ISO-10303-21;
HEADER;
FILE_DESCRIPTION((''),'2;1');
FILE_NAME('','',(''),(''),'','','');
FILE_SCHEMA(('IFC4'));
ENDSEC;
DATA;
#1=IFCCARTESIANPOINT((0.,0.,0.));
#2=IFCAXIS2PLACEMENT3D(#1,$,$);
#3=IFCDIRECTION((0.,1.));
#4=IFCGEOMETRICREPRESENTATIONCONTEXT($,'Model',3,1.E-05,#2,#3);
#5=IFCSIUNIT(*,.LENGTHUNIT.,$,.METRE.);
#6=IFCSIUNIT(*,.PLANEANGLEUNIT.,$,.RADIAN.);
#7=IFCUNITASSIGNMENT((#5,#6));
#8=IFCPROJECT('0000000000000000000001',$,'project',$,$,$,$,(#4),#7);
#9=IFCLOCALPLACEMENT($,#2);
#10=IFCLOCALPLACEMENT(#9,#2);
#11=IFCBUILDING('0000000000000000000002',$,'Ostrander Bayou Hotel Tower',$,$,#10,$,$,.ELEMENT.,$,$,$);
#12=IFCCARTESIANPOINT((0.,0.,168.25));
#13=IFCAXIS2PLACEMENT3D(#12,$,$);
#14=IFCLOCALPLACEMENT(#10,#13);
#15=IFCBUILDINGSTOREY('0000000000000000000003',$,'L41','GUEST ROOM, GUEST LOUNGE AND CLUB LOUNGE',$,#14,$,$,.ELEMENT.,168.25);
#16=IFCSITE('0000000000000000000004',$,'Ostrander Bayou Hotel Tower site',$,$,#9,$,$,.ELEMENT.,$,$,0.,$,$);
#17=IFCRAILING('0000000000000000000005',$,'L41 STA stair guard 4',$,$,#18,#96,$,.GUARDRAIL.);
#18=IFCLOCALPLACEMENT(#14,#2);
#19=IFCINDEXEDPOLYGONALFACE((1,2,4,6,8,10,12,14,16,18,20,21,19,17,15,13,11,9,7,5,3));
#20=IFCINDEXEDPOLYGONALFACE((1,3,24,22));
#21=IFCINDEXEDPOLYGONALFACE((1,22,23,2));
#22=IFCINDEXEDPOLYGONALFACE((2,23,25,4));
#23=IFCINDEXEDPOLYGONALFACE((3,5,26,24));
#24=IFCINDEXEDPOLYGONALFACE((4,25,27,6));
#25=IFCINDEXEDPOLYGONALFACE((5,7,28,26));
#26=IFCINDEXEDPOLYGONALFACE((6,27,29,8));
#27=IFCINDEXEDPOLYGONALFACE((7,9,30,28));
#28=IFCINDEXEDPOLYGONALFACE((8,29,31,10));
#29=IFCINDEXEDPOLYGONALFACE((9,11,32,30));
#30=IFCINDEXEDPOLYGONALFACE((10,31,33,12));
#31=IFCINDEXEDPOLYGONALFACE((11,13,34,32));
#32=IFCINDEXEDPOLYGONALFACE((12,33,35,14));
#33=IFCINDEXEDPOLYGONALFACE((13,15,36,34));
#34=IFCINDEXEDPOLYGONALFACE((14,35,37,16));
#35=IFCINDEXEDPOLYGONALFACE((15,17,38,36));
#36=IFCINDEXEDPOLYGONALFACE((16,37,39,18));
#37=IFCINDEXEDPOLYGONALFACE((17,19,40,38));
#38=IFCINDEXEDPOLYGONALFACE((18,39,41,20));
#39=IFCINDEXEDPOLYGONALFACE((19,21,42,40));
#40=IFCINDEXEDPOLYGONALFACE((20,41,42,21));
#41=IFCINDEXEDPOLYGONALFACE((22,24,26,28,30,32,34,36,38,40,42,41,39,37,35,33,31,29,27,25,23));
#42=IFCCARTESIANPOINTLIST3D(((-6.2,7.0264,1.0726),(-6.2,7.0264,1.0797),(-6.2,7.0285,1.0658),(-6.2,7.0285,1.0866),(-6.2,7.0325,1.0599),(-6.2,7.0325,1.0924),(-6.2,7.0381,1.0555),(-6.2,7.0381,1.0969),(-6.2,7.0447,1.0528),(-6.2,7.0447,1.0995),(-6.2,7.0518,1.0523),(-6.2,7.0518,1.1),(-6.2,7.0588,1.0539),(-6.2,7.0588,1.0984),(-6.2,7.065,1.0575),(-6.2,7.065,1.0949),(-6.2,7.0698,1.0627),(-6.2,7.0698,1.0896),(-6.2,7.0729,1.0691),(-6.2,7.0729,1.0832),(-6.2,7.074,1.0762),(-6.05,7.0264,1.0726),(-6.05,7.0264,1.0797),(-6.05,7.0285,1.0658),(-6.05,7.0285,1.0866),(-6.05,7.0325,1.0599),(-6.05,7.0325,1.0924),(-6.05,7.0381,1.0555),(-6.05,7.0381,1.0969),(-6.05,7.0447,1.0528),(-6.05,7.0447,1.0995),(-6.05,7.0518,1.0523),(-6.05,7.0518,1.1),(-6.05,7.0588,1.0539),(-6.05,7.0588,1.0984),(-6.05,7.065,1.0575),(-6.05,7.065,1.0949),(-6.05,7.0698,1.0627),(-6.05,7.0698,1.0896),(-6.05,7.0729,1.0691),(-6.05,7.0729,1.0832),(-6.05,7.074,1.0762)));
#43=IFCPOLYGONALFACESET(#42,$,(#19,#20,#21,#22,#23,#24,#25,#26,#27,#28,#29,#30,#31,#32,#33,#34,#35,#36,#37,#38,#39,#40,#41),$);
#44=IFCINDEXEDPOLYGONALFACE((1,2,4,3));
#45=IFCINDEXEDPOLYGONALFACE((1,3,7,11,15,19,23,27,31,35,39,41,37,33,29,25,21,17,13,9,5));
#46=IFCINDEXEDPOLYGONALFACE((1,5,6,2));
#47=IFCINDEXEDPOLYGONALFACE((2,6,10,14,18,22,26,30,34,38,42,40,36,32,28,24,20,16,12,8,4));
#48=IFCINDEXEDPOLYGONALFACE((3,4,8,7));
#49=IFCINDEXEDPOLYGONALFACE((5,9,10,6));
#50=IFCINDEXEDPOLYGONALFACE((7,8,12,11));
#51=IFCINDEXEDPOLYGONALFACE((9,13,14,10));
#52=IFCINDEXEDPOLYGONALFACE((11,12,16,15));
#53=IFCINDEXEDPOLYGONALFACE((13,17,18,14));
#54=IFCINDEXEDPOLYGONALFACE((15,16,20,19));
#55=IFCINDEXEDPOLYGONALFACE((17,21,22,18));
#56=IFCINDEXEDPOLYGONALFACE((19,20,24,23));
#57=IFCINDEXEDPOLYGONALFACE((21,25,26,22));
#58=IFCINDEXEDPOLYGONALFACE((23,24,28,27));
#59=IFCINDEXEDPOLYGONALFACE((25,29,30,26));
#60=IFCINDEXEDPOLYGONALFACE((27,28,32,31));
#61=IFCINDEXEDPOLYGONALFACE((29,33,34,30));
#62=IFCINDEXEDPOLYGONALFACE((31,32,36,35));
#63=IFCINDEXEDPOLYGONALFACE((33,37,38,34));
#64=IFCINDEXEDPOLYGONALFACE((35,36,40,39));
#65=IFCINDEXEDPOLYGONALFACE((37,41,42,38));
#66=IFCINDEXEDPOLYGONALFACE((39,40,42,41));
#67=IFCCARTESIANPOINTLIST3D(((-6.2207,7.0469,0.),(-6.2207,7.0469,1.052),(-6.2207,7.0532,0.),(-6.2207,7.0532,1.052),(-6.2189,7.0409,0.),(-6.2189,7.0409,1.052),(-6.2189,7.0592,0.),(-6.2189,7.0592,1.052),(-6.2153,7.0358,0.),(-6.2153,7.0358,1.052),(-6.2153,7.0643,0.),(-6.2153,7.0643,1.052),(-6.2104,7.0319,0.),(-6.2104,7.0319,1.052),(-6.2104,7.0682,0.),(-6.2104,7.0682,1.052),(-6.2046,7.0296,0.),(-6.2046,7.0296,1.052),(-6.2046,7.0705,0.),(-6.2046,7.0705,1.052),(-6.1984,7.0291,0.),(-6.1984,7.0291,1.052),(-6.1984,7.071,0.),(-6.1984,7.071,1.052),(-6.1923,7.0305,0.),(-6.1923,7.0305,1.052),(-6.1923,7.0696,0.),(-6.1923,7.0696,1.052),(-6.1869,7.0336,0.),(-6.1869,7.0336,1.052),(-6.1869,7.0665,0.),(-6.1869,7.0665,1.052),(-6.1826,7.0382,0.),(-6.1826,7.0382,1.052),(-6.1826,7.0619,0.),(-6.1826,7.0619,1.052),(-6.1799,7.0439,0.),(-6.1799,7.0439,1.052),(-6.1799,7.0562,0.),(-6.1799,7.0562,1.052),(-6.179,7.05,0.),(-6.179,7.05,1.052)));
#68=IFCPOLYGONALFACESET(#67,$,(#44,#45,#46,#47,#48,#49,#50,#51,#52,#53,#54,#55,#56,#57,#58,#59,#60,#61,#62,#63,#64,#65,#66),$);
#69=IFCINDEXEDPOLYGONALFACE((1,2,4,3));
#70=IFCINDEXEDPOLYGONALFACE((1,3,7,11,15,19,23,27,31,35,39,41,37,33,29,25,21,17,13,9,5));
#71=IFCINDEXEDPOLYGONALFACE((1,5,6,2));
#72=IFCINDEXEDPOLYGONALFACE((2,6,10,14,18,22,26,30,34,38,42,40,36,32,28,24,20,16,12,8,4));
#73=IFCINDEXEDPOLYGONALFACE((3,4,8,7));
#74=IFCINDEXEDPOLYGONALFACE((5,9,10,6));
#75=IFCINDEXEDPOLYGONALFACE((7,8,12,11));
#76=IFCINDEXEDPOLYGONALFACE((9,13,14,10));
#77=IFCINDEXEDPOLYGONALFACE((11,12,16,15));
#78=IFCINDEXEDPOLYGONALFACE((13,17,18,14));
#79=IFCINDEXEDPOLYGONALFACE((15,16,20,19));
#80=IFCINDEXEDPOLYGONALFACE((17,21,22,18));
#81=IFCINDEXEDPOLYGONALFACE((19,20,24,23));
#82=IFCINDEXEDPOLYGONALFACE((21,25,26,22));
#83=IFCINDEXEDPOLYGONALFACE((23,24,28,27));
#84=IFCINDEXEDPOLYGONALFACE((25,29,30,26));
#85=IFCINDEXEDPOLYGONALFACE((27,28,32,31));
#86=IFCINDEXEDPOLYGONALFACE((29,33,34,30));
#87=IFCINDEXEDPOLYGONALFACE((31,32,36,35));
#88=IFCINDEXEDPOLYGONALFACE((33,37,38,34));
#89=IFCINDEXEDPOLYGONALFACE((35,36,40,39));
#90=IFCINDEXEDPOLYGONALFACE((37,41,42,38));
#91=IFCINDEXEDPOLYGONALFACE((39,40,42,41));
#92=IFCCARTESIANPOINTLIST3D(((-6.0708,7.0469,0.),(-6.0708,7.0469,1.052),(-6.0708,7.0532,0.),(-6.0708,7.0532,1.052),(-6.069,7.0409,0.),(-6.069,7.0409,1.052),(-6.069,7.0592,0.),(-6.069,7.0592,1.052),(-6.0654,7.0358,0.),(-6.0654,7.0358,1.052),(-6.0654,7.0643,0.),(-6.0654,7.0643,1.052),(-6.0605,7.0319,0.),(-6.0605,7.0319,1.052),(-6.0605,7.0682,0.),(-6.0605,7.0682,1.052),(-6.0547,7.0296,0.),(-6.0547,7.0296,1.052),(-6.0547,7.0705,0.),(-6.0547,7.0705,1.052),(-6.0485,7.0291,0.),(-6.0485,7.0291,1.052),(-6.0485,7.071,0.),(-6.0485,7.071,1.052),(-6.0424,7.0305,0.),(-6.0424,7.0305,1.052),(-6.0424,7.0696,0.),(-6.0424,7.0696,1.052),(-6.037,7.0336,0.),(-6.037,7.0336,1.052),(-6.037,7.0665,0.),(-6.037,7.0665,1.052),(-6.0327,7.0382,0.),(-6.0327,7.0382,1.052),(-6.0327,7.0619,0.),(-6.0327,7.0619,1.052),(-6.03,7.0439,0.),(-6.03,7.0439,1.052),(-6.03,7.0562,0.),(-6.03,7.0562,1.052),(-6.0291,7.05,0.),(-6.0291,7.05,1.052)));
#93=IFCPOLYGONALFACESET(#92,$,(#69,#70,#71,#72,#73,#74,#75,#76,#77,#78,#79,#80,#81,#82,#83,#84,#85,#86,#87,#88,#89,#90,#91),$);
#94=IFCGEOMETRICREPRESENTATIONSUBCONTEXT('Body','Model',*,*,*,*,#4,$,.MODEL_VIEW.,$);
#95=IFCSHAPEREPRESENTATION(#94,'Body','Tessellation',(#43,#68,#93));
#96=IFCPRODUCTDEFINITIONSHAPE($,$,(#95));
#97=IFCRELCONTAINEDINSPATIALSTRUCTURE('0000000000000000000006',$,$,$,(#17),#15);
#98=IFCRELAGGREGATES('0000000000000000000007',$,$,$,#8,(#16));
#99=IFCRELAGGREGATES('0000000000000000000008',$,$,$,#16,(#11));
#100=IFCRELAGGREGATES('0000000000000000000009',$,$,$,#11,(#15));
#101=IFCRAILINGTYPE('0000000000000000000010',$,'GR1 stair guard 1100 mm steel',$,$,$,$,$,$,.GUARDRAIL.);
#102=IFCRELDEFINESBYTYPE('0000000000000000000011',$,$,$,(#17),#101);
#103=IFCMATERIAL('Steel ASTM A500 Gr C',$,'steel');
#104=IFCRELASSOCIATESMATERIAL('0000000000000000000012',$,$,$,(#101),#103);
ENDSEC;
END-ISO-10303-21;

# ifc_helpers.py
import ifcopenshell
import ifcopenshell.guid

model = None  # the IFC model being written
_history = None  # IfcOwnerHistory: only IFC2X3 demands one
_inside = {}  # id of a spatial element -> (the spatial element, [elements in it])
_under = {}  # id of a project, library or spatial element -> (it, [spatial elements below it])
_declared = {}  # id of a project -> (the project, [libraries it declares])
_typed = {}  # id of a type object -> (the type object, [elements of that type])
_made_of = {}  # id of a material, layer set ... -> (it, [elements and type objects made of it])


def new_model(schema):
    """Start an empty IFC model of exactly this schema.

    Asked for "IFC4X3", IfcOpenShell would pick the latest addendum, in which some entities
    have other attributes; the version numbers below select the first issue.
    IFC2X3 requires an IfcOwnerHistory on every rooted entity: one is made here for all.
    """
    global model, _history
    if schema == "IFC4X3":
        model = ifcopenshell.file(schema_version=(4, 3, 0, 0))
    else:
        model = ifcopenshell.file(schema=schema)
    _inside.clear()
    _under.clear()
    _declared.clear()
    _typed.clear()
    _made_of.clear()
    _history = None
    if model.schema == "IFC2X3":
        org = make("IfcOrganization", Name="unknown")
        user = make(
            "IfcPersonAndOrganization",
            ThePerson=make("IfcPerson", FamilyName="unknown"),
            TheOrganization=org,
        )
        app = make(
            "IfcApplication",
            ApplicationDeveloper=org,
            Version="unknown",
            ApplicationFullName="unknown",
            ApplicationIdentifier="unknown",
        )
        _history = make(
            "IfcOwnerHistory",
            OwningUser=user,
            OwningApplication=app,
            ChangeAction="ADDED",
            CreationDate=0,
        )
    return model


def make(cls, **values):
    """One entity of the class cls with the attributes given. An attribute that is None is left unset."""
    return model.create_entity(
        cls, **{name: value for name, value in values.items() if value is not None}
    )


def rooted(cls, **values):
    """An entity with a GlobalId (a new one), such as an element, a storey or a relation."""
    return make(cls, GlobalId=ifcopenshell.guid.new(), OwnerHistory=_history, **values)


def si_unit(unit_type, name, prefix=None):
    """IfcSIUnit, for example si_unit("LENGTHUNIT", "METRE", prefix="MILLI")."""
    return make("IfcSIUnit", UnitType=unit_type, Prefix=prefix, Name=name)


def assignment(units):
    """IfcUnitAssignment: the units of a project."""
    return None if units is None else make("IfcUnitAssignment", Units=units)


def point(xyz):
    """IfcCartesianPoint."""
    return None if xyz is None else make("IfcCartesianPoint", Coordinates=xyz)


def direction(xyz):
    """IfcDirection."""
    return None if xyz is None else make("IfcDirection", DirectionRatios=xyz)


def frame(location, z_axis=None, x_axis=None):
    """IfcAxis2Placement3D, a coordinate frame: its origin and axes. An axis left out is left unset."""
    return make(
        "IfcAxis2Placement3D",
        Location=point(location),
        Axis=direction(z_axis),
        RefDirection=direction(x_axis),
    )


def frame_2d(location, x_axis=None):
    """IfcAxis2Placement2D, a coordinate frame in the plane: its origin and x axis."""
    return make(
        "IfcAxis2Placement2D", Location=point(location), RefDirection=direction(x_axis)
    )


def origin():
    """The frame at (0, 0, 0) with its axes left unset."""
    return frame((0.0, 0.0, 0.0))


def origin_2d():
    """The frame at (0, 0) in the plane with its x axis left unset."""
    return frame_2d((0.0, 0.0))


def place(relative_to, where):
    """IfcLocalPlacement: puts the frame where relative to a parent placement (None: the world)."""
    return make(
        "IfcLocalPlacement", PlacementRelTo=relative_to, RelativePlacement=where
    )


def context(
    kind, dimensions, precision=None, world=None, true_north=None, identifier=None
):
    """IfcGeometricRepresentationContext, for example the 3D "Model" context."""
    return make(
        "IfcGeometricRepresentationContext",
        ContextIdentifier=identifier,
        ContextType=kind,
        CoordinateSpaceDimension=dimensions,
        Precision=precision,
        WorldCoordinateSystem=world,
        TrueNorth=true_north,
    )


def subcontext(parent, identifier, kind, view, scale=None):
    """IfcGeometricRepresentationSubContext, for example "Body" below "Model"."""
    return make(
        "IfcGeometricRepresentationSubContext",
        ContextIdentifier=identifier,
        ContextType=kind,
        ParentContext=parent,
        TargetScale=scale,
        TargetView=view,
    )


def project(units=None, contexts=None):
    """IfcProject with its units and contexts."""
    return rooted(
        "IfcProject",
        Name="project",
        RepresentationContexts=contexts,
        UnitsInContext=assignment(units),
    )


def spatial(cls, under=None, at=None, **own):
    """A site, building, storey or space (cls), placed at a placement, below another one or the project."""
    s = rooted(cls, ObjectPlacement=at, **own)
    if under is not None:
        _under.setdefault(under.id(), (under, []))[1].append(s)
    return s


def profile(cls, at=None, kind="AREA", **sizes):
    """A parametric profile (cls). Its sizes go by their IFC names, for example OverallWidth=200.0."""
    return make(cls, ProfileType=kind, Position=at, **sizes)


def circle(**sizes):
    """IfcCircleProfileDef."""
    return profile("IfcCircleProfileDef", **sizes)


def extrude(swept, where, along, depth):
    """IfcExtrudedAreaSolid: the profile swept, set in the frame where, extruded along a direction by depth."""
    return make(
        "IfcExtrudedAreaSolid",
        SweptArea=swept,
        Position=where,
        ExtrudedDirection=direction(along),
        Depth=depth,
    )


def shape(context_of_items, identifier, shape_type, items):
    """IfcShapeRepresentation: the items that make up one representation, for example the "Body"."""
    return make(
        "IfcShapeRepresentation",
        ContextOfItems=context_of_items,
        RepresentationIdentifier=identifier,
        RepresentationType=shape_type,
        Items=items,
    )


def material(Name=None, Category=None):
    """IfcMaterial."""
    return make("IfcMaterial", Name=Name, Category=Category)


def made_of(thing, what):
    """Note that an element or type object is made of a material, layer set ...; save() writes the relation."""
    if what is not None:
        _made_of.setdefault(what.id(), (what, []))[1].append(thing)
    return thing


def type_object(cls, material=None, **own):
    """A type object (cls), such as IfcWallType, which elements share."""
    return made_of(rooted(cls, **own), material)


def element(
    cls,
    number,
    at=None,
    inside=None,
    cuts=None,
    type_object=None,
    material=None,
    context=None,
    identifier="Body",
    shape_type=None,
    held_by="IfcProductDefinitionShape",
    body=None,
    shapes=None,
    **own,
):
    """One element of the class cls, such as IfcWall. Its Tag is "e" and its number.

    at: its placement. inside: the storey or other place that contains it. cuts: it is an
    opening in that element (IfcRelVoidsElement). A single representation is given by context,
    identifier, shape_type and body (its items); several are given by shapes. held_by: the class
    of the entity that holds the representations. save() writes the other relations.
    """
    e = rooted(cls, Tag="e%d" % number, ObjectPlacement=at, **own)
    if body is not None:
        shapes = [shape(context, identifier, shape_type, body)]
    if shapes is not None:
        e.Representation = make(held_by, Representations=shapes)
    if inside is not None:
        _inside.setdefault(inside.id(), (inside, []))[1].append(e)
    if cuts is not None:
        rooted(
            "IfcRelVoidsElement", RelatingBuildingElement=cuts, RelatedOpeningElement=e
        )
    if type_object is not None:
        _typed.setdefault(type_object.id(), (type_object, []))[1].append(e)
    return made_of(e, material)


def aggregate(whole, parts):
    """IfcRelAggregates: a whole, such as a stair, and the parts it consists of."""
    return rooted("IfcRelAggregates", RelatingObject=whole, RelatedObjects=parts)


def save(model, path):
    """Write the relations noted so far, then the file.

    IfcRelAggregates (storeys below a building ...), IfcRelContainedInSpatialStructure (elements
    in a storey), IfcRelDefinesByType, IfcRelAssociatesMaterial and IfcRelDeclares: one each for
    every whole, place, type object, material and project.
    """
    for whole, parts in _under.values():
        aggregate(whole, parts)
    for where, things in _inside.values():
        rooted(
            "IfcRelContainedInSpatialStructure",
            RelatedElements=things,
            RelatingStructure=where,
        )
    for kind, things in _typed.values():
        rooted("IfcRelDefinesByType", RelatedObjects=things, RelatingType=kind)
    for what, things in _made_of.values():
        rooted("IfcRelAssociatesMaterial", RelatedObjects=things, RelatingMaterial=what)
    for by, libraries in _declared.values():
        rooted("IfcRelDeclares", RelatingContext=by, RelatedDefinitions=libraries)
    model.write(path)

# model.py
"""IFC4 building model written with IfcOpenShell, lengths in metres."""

from ifc_helpers import new_model, si_unit, direction, frame, origin, origin_2d, place, context, subcontext, project, spatial, circle, extrude, material, type_object, element, save


model = new_model("IFC4")

# Units and contexts
model_context = context("Model", 3, precision=1e-05, world=origin(), true_north=direction((0.0, 1.0)))
body_context = subcontext(model_context, "Body", "Model", "MODEL_VIEW")
ifc_project = project(units=[si_unit("LENGTHUNIT", "METRE"), si_unit("PLANEANGLEUNIT", "RADIAN")], contexts=[model_context])

# Site, building, storey
site_placement = place(None, origin())
site = spatial("IfcSite", under=ifc_project, at=site_placement, Name="Ostrander Bayou Hotel Tower site", CompositionType="ELEMENT", RefElevation=0.0)
building_placement = place(site_placement, origin())
building = spatial("IfcBuilding", under=site, at=building_placement, Name="Ostrander Bayou Hotel Tower", CompositionType="ELEMENT")
storey_placement = place(building_placement, frame((0.0, 0.0, 168.25)))
storey = spatial("IfcBuildingStorey", under=building, at=storey_placement, Name="L41", Description="GUEST ROOM, GUEST LOUNGE AND CLUB LOUNGE", CompositionType="ELEMENT", Elevation=168.25)

# Railing
ifc_material_1 = material(Name="Steel ASTM A500 Gr C", Category="steel")
railing_type_1 = type_object("IfcRailingType", Name="GR1 stair guard 1100 mm steel", PredefinedType="GUARDRAIL", material=ifc_material_1)
railing_1_placement = place(storey_placement, frame((-6.2, 7.05, 0.0)))
element("IfcRailing", 1, at=railing_1_placement, inside=storey, type_object=railing_type_1, Name="L41 STA stair guard 4", PredefinedType="GUARDRAIL", context=body_context, shape_type="SweptSolid", body=[
    extrude(circle(Radius=0.0239, at=origin_2d()), frame((0.0, 0.0, 1.0762), z_axis=(1.0, 0.0, 0.0), x_axis=(0.0, 1.0, 0.0)), (0.0, 0.0, 1.0), 0.1499),
    extrude(circle(Radius=0.021, at=origin_2d()), origin(), (0.0, 0.0, 1.0), 1.052),
    extrude(circle(Radius=0.021, at=origin_2d()), frame((0.1499, 0.0, 0.0)), (0.0, 0.0, 1.0), 1.052),
])

save(model, "model.ifc")
